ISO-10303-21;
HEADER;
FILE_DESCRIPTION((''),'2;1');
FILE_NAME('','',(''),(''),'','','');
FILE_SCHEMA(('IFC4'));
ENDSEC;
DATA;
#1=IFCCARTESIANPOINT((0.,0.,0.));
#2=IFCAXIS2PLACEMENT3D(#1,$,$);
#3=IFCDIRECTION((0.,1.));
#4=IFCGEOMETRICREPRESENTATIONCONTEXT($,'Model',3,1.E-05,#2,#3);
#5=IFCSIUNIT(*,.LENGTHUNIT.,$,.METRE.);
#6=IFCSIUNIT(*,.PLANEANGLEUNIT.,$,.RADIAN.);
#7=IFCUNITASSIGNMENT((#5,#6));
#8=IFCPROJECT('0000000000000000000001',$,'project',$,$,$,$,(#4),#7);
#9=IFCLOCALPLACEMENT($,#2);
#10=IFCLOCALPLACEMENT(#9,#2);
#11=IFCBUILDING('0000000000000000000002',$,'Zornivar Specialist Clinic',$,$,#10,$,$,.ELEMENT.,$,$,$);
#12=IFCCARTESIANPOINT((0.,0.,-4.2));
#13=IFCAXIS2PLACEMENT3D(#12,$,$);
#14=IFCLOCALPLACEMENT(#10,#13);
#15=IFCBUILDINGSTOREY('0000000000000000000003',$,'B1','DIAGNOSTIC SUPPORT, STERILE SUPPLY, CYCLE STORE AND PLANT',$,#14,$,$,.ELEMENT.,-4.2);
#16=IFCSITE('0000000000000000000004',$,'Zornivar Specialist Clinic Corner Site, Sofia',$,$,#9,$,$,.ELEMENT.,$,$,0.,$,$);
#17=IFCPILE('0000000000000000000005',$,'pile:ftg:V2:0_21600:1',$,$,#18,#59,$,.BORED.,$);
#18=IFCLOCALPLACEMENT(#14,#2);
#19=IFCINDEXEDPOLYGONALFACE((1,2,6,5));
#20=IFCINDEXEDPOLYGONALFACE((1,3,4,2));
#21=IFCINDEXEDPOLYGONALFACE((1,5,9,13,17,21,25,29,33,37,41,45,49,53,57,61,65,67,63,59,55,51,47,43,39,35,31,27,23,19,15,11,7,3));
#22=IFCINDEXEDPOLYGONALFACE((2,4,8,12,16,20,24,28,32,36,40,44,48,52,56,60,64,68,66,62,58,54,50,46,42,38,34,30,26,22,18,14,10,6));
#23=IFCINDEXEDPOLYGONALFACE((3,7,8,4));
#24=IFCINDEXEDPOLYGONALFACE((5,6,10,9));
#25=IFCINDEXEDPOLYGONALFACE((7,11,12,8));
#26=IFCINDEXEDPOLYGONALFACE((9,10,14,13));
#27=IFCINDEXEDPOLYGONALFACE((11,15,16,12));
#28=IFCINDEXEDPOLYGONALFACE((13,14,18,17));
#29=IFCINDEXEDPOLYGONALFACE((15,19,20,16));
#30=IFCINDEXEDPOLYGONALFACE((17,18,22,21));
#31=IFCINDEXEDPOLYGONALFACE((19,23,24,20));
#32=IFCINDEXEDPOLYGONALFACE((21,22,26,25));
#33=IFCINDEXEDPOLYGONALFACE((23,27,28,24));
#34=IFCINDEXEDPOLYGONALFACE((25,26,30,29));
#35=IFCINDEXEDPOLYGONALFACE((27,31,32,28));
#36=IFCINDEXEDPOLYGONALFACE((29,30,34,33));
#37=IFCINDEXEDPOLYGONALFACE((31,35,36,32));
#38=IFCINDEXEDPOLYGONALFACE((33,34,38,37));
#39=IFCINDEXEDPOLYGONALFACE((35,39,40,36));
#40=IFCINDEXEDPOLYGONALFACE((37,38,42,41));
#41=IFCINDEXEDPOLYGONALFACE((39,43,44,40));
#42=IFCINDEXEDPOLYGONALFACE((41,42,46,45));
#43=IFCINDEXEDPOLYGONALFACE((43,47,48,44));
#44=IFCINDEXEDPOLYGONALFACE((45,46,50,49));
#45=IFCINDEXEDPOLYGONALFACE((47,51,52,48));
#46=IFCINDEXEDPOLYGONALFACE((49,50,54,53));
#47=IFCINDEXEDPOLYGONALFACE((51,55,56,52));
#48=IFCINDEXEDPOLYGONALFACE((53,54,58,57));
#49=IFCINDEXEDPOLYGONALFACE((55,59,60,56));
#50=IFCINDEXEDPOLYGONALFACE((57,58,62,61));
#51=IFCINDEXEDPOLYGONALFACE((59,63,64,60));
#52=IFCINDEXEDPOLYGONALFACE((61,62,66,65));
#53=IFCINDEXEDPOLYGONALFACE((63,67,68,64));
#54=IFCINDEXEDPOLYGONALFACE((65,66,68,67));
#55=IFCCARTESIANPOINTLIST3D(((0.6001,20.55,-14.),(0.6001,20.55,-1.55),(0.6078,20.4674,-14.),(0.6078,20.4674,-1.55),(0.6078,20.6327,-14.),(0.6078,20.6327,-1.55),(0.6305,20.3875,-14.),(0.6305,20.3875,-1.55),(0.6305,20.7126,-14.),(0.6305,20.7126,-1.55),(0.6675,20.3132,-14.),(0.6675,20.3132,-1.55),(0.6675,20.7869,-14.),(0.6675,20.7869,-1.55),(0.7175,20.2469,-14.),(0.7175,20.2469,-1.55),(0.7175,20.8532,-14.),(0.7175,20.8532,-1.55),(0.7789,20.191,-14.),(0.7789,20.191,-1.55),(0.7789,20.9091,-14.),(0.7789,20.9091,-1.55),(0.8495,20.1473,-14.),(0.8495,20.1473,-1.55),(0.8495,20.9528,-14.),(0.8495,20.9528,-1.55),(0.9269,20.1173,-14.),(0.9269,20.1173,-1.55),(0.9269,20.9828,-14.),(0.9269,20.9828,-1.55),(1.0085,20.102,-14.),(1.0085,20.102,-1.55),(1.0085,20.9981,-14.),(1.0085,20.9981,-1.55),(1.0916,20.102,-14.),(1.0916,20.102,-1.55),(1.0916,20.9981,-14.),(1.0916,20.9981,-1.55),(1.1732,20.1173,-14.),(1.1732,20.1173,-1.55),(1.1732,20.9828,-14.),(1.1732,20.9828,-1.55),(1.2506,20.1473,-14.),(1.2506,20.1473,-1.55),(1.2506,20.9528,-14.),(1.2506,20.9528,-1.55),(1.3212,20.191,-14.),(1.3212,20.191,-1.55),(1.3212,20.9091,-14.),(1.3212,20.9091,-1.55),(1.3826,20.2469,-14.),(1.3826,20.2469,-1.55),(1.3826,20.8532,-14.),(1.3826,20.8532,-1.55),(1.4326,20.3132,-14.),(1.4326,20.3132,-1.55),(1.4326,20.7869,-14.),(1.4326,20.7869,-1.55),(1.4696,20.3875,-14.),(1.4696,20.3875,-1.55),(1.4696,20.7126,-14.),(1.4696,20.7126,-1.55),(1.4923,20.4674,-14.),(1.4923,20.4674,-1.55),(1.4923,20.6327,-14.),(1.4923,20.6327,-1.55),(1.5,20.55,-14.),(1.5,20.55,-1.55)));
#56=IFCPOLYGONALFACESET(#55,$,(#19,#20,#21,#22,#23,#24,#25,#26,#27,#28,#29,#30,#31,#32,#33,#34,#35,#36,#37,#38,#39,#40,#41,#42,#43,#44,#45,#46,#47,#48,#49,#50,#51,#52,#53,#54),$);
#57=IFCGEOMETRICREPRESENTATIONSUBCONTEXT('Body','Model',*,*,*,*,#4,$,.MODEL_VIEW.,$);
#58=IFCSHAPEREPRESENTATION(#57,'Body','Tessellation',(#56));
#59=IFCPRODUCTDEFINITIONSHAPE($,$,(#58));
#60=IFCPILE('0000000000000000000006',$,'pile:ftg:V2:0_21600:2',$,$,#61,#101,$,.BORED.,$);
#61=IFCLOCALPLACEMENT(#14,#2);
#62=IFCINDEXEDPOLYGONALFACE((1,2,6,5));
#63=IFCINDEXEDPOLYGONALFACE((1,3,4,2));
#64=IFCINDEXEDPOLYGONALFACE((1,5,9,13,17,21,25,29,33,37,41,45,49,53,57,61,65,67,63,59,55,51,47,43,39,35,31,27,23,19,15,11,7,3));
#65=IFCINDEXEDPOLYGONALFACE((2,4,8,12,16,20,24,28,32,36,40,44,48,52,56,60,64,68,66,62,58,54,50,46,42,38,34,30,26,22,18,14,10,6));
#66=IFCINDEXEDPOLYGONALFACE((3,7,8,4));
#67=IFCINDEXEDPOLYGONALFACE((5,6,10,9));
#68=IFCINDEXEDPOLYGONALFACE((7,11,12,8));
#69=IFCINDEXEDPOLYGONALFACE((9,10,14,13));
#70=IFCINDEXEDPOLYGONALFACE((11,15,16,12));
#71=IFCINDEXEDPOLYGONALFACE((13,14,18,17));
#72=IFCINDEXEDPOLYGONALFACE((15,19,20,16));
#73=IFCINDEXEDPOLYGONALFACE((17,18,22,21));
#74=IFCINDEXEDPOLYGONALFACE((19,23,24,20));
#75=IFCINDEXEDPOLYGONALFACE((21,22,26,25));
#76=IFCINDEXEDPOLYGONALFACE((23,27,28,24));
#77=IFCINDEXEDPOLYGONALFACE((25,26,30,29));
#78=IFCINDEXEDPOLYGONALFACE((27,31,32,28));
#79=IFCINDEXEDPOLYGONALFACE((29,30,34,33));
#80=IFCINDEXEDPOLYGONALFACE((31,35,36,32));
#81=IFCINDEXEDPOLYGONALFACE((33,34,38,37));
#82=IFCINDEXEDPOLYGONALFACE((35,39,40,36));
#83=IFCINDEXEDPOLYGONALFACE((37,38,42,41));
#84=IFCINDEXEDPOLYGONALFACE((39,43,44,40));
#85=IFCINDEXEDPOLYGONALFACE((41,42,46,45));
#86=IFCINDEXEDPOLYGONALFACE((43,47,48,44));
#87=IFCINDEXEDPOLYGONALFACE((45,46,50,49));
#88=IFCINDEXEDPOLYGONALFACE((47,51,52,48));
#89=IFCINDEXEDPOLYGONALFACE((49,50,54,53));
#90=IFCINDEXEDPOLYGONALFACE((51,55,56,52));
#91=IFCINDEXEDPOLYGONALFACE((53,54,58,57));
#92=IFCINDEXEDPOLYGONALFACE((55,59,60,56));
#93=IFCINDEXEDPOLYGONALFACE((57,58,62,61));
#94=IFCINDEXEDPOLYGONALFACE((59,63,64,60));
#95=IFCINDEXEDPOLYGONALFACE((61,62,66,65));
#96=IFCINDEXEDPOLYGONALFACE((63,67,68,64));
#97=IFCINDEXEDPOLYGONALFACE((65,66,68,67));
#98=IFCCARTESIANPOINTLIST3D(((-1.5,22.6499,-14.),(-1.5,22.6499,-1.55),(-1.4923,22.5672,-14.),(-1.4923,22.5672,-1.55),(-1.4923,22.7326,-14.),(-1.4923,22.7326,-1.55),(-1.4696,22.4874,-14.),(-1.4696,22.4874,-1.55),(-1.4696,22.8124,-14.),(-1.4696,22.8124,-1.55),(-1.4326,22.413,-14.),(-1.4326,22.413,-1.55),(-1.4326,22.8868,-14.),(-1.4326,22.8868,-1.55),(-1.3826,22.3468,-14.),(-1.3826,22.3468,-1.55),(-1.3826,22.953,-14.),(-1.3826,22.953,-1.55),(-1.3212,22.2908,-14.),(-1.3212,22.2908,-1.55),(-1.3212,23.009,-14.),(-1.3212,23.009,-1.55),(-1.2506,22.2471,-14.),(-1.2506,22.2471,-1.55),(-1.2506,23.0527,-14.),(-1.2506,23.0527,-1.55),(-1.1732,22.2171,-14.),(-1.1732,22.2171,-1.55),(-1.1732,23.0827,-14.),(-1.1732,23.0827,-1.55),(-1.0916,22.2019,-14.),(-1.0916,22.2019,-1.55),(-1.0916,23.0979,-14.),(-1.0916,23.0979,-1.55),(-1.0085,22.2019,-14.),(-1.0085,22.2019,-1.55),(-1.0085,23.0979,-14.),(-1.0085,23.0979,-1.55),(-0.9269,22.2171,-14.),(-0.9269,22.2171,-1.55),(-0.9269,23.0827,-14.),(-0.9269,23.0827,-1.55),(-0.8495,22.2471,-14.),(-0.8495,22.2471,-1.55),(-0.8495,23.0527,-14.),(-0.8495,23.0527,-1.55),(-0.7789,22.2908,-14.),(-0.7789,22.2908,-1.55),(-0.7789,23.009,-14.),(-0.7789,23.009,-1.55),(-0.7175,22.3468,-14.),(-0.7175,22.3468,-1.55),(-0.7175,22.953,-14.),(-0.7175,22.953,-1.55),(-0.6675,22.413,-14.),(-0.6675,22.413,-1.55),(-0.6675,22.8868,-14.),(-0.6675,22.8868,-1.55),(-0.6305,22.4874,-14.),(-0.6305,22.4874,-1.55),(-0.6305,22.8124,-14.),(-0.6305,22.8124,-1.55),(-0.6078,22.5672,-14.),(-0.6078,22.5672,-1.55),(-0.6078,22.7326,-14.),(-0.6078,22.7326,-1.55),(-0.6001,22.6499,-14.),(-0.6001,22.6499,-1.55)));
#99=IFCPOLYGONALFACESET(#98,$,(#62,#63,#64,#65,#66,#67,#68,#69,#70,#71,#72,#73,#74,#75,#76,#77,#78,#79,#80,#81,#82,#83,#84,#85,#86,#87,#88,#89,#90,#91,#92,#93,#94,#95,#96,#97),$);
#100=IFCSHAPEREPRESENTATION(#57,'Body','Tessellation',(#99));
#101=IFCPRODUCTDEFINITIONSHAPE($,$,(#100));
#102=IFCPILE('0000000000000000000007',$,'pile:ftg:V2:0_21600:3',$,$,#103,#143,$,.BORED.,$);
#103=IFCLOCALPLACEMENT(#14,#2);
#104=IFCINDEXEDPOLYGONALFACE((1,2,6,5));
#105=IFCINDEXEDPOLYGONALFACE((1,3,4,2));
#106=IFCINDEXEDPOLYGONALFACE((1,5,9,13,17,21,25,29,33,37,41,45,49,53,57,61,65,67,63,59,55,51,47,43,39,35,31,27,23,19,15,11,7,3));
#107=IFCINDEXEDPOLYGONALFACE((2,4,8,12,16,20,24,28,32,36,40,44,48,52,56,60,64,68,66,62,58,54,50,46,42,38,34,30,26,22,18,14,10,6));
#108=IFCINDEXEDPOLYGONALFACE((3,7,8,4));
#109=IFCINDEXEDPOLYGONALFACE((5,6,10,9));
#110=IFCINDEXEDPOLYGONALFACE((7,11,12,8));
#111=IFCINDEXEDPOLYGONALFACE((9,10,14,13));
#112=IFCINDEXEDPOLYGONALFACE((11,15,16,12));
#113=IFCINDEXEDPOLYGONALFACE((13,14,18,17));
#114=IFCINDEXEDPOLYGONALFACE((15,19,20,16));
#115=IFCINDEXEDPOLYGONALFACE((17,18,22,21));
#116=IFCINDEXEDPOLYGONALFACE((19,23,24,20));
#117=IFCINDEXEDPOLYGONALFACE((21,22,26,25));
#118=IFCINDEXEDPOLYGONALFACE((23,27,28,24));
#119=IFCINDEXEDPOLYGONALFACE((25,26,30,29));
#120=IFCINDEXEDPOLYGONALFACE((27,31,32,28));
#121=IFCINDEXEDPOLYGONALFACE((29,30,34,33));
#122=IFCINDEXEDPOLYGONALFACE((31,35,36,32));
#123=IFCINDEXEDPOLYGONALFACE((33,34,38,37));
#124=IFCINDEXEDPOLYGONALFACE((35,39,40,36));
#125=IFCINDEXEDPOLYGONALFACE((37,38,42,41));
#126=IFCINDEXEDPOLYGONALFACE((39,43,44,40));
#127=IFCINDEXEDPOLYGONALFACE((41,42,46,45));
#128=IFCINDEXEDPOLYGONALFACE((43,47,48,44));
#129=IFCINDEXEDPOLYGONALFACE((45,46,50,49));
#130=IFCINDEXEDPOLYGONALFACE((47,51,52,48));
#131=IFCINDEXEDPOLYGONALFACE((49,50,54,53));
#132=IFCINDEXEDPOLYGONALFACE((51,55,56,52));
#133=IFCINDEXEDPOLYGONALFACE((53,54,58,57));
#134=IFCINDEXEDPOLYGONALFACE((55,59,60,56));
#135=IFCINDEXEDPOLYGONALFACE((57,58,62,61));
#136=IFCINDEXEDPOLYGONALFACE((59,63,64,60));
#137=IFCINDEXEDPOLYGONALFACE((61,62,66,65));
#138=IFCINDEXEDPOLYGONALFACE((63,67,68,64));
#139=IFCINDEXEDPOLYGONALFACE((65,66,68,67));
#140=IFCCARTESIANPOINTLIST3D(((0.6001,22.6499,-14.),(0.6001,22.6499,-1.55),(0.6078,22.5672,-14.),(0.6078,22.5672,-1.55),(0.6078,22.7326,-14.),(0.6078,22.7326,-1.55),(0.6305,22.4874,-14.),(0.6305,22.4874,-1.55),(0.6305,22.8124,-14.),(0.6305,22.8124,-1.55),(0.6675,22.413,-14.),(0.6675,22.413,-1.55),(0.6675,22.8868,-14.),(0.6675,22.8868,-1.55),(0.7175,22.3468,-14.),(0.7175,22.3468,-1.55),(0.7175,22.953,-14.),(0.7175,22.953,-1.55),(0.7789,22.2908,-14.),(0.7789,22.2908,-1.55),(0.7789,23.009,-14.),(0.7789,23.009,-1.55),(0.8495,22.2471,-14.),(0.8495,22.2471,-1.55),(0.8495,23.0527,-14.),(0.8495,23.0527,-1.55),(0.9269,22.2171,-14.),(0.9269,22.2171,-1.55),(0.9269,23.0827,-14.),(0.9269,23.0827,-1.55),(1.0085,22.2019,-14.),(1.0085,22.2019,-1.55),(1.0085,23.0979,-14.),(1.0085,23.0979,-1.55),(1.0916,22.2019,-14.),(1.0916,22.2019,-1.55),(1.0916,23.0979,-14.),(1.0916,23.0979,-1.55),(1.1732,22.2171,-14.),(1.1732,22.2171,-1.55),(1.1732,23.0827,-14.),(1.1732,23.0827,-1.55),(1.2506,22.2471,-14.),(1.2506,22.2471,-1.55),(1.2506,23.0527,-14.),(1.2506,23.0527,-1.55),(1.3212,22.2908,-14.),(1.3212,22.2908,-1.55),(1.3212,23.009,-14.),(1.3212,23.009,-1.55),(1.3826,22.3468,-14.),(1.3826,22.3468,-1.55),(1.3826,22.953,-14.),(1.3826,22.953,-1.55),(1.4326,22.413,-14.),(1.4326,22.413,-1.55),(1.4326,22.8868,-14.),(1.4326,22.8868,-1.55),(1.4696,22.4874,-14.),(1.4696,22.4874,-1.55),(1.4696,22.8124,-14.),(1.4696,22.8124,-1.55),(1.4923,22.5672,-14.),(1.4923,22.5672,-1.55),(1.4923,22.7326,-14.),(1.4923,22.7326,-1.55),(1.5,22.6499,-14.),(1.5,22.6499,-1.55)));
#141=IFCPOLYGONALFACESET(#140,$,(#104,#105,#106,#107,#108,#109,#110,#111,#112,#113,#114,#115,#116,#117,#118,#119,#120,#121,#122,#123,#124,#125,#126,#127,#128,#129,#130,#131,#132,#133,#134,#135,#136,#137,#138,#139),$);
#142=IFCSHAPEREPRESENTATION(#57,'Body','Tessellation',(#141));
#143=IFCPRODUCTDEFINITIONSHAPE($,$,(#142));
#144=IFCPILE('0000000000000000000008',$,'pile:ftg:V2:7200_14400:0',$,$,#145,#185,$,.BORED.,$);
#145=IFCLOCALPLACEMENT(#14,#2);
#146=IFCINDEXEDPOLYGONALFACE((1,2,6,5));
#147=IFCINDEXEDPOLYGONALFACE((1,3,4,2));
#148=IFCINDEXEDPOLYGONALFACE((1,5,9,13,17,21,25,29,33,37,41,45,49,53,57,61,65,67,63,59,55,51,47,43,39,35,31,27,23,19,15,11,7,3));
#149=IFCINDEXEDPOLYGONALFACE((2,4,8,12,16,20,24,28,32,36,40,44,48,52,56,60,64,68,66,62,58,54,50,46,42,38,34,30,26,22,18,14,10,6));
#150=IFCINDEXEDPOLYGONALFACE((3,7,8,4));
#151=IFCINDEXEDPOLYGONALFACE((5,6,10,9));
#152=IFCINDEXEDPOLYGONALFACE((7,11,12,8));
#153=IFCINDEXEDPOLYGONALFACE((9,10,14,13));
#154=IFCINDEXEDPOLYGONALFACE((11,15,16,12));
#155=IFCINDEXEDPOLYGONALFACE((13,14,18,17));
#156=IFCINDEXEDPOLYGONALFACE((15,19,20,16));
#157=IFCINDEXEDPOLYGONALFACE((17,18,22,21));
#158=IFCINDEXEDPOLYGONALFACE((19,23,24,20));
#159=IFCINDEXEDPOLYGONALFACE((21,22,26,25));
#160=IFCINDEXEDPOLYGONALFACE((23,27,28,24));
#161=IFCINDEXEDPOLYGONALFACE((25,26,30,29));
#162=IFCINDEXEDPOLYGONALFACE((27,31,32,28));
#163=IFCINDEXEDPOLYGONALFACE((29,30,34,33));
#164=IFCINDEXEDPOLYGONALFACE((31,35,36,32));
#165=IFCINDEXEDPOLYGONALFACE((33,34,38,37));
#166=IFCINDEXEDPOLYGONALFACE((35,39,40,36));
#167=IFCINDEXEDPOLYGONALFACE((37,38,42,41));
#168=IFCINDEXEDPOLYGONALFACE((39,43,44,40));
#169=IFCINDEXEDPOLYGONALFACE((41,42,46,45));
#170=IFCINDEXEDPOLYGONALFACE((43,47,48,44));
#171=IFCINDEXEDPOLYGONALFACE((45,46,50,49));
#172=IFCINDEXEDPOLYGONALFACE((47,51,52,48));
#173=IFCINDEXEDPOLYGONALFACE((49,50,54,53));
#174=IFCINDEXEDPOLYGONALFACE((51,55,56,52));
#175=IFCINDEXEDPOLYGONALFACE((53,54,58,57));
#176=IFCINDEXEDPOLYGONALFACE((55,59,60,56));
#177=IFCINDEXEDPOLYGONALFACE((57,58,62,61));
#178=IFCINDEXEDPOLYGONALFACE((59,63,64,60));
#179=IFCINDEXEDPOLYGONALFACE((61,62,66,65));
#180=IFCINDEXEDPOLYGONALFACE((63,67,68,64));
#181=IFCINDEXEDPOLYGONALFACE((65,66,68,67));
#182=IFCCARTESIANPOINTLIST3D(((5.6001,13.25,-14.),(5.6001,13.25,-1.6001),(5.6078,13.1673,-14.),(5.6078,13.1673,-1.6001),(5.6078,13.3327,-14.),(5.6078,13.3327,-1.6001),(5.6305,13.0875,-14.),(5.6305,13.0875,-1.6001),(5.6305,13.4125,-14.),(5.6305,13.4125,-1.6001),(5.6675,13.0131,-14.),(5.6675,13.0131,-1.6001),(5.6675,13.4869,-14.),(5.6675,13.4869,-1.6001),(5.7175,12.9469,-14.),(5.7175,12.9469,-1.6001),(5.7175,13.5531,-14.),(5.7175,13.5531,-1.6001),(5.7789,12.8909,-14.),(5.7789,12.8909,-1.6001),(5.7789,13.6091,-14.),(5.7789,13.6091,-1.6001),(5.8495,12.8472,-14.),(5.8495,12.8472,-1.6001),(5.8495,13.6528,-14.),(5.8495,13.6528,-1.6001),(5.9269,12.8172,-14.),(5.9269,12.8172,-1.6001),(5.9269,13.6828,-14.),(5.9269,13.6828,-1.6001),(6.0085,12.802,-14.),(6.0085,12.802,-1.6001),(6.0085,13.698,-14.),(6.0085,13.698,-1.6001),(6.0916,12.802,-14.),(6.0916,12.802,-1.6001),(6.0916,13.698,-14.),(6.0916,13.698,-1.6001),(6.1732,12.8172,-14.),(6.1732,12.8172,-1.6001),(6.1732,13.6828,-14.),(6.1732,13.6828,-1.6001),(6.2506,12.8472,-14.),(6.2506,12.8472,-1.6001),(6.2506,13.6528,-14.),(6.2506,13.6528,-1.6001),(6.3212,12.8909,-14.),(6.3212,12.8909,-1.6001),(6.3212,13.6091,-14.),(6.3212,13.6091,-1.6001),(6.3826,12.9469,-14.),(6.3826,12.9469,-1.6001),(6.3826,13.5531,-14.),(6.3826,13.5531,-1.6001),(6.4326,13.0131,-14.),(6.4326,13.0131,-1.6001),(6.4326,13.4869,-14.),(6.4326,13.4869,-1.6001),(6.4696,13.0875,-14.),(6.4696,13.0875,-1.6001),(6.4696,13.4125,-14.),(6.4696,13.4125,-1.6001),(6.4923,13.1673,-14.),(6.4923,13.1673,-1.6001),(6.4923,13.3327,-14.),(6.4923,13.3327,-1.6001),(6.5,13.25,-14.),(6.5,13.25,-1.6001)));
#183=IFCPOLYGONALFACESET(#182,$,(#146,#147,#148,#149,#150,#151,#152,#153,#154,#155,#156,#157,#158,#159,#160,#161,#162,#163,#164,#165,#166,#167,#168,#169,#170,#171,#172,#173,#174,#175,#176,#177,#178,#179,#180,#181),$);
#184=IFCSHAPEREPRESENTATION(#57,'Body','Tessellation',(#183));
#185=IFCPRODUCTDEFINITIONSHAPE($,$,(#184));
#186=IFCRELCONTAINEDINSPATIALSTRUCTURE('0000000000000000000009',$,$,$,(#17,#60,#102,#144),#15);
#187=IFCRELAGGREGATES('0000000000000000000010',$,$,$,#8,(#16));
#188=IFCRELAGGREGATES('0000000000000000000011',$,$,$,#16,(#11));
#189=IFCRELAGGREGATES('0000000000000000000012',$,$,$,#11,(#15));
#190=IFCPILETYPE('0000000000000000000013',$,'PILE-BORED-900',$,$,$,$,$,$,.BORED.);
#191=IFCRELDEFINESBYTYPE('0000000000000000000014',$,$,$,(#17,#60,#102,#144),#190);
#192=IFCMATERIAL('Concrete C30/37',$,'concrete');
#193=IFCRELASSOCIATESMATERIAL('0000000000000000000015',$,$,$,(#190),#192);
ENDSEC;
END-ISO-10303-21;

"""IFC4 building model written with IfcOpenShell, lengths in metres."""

from ifc_helpers import new_model, si_unit, direction, frame, origin, origin_2d, place, context, subcontext, project, spatial, circle, extrude, material, material_profile, profile_set, type_object, element, save


model = new_model("IFC4")

# Units and contexts
model_context = context("Model", 3, precision=1e-05, world=origin(), true_north=direction((0.0, 1.0)))
body_context = subcontext(model_context, "Body", "Model", "MODEL_VIEW")
ifc_project = project(units=[si_unit("LENGTHUNIT", "METRE"), si_unit("PLANEANGLEUNIT", "RADIAN")], contexts=[model_context])

# Site, building, storey
site_placement = place(None, origin())
site = spatial("IfcSite", under=ifc_project, at=site_placement, Name="Zornivar Specialist Clinic Corner Site, Sofia", CompositionType="ELEMENT", RefElevation=0.0)
building_placement = place(site_placement, origin())
building = spatial("IfcBuilding", under=site, at=building_placement, Name="Zornivar Specialist Clinic", CompositionType="ELEMENT")
storey_placement = place(building_placement, frame((0.0, 0.0, -4.2)))
storey = spatial("IfcBuildingStorey", under=building, at=storey_placement, Name="B1", Description="DIAGNOSTIC SUPPORT, STERILE SUPPLY, CYCLE STORE AND PLANT", CompositionType="ELEMENT", Elevation=-4.2)

# Piles
ifc_material_1 = material(Name="Concrete C30/37", Category="concrete")
ifc_material_profile_1 = material_profile(ifc_material_1, circle(Radius=0.45, at=origin_2d()), Name="PILE D900")
ifc_profile_set_1 = profile_set([ifc_material_profile_1], Name="Concrete C30/37")
pile_type_1 = type_object("IfcPileType", Name="PILE-BORED-900", PredefinedType="BORED", material=ifc_profile_set_1)
for number, where, z_axis, x_axis, name in (
    (1, (1.05, 20.55, -1.55), (0.0, 0.0, -1.0), (1.0, 0.0, 0.0), "pile:ftg:V2:0_21600:1"),
    (2, (-1.05, 22.6499, -1.55), (0.0, 0.0, -1.0), (1.0, 0.0, 0.0), "pile:ftg:V2:0_21600:2"),
    (3, (1.05, 22.6499, -1.55), (0.0, 0.0, -1.0), (1.0, 0.0, 0.0), "pile:ftg:V2:0_21600:3"),
):
    element("IfcPile", number, at=place(storey_placement, frame(where, z_axis=z_axis, x_axis=x_axis)), inside=storey, type_object=pile_type_1, Name=name, PredefinedType="BORED", context=body_context, shape_type="SweptSolid", body=[
        extrude(circle(Radius=0.45, at=origin_2d()), origin(), (0.0, 0.0, 1.0), 12.45),
    ])
for number, where, z_axis, x_axis, name in (
    (4, (6.05, 13.25, -1.6001), (0.0, 0.0, -1.0), (1.0, 0.0, 0.0), "pile:ftg:V2:7200_14400:0"),
):
    element("IfcPile", number, at=place(storey_placement, frame(where, z_axis=z_axis, x_axis=x_axis)), inside=storey, type_object=pile_type_1, Name=name, PredefinedType="BORED", context=body_context, shape_type="SweptSolid", body=[
        extrude(circle(Radius=0.45, at=origin_2d()), origin(), (0.0, 0.0, 1.0), 12.3999),
    ])

save(model, "model.ifc")
